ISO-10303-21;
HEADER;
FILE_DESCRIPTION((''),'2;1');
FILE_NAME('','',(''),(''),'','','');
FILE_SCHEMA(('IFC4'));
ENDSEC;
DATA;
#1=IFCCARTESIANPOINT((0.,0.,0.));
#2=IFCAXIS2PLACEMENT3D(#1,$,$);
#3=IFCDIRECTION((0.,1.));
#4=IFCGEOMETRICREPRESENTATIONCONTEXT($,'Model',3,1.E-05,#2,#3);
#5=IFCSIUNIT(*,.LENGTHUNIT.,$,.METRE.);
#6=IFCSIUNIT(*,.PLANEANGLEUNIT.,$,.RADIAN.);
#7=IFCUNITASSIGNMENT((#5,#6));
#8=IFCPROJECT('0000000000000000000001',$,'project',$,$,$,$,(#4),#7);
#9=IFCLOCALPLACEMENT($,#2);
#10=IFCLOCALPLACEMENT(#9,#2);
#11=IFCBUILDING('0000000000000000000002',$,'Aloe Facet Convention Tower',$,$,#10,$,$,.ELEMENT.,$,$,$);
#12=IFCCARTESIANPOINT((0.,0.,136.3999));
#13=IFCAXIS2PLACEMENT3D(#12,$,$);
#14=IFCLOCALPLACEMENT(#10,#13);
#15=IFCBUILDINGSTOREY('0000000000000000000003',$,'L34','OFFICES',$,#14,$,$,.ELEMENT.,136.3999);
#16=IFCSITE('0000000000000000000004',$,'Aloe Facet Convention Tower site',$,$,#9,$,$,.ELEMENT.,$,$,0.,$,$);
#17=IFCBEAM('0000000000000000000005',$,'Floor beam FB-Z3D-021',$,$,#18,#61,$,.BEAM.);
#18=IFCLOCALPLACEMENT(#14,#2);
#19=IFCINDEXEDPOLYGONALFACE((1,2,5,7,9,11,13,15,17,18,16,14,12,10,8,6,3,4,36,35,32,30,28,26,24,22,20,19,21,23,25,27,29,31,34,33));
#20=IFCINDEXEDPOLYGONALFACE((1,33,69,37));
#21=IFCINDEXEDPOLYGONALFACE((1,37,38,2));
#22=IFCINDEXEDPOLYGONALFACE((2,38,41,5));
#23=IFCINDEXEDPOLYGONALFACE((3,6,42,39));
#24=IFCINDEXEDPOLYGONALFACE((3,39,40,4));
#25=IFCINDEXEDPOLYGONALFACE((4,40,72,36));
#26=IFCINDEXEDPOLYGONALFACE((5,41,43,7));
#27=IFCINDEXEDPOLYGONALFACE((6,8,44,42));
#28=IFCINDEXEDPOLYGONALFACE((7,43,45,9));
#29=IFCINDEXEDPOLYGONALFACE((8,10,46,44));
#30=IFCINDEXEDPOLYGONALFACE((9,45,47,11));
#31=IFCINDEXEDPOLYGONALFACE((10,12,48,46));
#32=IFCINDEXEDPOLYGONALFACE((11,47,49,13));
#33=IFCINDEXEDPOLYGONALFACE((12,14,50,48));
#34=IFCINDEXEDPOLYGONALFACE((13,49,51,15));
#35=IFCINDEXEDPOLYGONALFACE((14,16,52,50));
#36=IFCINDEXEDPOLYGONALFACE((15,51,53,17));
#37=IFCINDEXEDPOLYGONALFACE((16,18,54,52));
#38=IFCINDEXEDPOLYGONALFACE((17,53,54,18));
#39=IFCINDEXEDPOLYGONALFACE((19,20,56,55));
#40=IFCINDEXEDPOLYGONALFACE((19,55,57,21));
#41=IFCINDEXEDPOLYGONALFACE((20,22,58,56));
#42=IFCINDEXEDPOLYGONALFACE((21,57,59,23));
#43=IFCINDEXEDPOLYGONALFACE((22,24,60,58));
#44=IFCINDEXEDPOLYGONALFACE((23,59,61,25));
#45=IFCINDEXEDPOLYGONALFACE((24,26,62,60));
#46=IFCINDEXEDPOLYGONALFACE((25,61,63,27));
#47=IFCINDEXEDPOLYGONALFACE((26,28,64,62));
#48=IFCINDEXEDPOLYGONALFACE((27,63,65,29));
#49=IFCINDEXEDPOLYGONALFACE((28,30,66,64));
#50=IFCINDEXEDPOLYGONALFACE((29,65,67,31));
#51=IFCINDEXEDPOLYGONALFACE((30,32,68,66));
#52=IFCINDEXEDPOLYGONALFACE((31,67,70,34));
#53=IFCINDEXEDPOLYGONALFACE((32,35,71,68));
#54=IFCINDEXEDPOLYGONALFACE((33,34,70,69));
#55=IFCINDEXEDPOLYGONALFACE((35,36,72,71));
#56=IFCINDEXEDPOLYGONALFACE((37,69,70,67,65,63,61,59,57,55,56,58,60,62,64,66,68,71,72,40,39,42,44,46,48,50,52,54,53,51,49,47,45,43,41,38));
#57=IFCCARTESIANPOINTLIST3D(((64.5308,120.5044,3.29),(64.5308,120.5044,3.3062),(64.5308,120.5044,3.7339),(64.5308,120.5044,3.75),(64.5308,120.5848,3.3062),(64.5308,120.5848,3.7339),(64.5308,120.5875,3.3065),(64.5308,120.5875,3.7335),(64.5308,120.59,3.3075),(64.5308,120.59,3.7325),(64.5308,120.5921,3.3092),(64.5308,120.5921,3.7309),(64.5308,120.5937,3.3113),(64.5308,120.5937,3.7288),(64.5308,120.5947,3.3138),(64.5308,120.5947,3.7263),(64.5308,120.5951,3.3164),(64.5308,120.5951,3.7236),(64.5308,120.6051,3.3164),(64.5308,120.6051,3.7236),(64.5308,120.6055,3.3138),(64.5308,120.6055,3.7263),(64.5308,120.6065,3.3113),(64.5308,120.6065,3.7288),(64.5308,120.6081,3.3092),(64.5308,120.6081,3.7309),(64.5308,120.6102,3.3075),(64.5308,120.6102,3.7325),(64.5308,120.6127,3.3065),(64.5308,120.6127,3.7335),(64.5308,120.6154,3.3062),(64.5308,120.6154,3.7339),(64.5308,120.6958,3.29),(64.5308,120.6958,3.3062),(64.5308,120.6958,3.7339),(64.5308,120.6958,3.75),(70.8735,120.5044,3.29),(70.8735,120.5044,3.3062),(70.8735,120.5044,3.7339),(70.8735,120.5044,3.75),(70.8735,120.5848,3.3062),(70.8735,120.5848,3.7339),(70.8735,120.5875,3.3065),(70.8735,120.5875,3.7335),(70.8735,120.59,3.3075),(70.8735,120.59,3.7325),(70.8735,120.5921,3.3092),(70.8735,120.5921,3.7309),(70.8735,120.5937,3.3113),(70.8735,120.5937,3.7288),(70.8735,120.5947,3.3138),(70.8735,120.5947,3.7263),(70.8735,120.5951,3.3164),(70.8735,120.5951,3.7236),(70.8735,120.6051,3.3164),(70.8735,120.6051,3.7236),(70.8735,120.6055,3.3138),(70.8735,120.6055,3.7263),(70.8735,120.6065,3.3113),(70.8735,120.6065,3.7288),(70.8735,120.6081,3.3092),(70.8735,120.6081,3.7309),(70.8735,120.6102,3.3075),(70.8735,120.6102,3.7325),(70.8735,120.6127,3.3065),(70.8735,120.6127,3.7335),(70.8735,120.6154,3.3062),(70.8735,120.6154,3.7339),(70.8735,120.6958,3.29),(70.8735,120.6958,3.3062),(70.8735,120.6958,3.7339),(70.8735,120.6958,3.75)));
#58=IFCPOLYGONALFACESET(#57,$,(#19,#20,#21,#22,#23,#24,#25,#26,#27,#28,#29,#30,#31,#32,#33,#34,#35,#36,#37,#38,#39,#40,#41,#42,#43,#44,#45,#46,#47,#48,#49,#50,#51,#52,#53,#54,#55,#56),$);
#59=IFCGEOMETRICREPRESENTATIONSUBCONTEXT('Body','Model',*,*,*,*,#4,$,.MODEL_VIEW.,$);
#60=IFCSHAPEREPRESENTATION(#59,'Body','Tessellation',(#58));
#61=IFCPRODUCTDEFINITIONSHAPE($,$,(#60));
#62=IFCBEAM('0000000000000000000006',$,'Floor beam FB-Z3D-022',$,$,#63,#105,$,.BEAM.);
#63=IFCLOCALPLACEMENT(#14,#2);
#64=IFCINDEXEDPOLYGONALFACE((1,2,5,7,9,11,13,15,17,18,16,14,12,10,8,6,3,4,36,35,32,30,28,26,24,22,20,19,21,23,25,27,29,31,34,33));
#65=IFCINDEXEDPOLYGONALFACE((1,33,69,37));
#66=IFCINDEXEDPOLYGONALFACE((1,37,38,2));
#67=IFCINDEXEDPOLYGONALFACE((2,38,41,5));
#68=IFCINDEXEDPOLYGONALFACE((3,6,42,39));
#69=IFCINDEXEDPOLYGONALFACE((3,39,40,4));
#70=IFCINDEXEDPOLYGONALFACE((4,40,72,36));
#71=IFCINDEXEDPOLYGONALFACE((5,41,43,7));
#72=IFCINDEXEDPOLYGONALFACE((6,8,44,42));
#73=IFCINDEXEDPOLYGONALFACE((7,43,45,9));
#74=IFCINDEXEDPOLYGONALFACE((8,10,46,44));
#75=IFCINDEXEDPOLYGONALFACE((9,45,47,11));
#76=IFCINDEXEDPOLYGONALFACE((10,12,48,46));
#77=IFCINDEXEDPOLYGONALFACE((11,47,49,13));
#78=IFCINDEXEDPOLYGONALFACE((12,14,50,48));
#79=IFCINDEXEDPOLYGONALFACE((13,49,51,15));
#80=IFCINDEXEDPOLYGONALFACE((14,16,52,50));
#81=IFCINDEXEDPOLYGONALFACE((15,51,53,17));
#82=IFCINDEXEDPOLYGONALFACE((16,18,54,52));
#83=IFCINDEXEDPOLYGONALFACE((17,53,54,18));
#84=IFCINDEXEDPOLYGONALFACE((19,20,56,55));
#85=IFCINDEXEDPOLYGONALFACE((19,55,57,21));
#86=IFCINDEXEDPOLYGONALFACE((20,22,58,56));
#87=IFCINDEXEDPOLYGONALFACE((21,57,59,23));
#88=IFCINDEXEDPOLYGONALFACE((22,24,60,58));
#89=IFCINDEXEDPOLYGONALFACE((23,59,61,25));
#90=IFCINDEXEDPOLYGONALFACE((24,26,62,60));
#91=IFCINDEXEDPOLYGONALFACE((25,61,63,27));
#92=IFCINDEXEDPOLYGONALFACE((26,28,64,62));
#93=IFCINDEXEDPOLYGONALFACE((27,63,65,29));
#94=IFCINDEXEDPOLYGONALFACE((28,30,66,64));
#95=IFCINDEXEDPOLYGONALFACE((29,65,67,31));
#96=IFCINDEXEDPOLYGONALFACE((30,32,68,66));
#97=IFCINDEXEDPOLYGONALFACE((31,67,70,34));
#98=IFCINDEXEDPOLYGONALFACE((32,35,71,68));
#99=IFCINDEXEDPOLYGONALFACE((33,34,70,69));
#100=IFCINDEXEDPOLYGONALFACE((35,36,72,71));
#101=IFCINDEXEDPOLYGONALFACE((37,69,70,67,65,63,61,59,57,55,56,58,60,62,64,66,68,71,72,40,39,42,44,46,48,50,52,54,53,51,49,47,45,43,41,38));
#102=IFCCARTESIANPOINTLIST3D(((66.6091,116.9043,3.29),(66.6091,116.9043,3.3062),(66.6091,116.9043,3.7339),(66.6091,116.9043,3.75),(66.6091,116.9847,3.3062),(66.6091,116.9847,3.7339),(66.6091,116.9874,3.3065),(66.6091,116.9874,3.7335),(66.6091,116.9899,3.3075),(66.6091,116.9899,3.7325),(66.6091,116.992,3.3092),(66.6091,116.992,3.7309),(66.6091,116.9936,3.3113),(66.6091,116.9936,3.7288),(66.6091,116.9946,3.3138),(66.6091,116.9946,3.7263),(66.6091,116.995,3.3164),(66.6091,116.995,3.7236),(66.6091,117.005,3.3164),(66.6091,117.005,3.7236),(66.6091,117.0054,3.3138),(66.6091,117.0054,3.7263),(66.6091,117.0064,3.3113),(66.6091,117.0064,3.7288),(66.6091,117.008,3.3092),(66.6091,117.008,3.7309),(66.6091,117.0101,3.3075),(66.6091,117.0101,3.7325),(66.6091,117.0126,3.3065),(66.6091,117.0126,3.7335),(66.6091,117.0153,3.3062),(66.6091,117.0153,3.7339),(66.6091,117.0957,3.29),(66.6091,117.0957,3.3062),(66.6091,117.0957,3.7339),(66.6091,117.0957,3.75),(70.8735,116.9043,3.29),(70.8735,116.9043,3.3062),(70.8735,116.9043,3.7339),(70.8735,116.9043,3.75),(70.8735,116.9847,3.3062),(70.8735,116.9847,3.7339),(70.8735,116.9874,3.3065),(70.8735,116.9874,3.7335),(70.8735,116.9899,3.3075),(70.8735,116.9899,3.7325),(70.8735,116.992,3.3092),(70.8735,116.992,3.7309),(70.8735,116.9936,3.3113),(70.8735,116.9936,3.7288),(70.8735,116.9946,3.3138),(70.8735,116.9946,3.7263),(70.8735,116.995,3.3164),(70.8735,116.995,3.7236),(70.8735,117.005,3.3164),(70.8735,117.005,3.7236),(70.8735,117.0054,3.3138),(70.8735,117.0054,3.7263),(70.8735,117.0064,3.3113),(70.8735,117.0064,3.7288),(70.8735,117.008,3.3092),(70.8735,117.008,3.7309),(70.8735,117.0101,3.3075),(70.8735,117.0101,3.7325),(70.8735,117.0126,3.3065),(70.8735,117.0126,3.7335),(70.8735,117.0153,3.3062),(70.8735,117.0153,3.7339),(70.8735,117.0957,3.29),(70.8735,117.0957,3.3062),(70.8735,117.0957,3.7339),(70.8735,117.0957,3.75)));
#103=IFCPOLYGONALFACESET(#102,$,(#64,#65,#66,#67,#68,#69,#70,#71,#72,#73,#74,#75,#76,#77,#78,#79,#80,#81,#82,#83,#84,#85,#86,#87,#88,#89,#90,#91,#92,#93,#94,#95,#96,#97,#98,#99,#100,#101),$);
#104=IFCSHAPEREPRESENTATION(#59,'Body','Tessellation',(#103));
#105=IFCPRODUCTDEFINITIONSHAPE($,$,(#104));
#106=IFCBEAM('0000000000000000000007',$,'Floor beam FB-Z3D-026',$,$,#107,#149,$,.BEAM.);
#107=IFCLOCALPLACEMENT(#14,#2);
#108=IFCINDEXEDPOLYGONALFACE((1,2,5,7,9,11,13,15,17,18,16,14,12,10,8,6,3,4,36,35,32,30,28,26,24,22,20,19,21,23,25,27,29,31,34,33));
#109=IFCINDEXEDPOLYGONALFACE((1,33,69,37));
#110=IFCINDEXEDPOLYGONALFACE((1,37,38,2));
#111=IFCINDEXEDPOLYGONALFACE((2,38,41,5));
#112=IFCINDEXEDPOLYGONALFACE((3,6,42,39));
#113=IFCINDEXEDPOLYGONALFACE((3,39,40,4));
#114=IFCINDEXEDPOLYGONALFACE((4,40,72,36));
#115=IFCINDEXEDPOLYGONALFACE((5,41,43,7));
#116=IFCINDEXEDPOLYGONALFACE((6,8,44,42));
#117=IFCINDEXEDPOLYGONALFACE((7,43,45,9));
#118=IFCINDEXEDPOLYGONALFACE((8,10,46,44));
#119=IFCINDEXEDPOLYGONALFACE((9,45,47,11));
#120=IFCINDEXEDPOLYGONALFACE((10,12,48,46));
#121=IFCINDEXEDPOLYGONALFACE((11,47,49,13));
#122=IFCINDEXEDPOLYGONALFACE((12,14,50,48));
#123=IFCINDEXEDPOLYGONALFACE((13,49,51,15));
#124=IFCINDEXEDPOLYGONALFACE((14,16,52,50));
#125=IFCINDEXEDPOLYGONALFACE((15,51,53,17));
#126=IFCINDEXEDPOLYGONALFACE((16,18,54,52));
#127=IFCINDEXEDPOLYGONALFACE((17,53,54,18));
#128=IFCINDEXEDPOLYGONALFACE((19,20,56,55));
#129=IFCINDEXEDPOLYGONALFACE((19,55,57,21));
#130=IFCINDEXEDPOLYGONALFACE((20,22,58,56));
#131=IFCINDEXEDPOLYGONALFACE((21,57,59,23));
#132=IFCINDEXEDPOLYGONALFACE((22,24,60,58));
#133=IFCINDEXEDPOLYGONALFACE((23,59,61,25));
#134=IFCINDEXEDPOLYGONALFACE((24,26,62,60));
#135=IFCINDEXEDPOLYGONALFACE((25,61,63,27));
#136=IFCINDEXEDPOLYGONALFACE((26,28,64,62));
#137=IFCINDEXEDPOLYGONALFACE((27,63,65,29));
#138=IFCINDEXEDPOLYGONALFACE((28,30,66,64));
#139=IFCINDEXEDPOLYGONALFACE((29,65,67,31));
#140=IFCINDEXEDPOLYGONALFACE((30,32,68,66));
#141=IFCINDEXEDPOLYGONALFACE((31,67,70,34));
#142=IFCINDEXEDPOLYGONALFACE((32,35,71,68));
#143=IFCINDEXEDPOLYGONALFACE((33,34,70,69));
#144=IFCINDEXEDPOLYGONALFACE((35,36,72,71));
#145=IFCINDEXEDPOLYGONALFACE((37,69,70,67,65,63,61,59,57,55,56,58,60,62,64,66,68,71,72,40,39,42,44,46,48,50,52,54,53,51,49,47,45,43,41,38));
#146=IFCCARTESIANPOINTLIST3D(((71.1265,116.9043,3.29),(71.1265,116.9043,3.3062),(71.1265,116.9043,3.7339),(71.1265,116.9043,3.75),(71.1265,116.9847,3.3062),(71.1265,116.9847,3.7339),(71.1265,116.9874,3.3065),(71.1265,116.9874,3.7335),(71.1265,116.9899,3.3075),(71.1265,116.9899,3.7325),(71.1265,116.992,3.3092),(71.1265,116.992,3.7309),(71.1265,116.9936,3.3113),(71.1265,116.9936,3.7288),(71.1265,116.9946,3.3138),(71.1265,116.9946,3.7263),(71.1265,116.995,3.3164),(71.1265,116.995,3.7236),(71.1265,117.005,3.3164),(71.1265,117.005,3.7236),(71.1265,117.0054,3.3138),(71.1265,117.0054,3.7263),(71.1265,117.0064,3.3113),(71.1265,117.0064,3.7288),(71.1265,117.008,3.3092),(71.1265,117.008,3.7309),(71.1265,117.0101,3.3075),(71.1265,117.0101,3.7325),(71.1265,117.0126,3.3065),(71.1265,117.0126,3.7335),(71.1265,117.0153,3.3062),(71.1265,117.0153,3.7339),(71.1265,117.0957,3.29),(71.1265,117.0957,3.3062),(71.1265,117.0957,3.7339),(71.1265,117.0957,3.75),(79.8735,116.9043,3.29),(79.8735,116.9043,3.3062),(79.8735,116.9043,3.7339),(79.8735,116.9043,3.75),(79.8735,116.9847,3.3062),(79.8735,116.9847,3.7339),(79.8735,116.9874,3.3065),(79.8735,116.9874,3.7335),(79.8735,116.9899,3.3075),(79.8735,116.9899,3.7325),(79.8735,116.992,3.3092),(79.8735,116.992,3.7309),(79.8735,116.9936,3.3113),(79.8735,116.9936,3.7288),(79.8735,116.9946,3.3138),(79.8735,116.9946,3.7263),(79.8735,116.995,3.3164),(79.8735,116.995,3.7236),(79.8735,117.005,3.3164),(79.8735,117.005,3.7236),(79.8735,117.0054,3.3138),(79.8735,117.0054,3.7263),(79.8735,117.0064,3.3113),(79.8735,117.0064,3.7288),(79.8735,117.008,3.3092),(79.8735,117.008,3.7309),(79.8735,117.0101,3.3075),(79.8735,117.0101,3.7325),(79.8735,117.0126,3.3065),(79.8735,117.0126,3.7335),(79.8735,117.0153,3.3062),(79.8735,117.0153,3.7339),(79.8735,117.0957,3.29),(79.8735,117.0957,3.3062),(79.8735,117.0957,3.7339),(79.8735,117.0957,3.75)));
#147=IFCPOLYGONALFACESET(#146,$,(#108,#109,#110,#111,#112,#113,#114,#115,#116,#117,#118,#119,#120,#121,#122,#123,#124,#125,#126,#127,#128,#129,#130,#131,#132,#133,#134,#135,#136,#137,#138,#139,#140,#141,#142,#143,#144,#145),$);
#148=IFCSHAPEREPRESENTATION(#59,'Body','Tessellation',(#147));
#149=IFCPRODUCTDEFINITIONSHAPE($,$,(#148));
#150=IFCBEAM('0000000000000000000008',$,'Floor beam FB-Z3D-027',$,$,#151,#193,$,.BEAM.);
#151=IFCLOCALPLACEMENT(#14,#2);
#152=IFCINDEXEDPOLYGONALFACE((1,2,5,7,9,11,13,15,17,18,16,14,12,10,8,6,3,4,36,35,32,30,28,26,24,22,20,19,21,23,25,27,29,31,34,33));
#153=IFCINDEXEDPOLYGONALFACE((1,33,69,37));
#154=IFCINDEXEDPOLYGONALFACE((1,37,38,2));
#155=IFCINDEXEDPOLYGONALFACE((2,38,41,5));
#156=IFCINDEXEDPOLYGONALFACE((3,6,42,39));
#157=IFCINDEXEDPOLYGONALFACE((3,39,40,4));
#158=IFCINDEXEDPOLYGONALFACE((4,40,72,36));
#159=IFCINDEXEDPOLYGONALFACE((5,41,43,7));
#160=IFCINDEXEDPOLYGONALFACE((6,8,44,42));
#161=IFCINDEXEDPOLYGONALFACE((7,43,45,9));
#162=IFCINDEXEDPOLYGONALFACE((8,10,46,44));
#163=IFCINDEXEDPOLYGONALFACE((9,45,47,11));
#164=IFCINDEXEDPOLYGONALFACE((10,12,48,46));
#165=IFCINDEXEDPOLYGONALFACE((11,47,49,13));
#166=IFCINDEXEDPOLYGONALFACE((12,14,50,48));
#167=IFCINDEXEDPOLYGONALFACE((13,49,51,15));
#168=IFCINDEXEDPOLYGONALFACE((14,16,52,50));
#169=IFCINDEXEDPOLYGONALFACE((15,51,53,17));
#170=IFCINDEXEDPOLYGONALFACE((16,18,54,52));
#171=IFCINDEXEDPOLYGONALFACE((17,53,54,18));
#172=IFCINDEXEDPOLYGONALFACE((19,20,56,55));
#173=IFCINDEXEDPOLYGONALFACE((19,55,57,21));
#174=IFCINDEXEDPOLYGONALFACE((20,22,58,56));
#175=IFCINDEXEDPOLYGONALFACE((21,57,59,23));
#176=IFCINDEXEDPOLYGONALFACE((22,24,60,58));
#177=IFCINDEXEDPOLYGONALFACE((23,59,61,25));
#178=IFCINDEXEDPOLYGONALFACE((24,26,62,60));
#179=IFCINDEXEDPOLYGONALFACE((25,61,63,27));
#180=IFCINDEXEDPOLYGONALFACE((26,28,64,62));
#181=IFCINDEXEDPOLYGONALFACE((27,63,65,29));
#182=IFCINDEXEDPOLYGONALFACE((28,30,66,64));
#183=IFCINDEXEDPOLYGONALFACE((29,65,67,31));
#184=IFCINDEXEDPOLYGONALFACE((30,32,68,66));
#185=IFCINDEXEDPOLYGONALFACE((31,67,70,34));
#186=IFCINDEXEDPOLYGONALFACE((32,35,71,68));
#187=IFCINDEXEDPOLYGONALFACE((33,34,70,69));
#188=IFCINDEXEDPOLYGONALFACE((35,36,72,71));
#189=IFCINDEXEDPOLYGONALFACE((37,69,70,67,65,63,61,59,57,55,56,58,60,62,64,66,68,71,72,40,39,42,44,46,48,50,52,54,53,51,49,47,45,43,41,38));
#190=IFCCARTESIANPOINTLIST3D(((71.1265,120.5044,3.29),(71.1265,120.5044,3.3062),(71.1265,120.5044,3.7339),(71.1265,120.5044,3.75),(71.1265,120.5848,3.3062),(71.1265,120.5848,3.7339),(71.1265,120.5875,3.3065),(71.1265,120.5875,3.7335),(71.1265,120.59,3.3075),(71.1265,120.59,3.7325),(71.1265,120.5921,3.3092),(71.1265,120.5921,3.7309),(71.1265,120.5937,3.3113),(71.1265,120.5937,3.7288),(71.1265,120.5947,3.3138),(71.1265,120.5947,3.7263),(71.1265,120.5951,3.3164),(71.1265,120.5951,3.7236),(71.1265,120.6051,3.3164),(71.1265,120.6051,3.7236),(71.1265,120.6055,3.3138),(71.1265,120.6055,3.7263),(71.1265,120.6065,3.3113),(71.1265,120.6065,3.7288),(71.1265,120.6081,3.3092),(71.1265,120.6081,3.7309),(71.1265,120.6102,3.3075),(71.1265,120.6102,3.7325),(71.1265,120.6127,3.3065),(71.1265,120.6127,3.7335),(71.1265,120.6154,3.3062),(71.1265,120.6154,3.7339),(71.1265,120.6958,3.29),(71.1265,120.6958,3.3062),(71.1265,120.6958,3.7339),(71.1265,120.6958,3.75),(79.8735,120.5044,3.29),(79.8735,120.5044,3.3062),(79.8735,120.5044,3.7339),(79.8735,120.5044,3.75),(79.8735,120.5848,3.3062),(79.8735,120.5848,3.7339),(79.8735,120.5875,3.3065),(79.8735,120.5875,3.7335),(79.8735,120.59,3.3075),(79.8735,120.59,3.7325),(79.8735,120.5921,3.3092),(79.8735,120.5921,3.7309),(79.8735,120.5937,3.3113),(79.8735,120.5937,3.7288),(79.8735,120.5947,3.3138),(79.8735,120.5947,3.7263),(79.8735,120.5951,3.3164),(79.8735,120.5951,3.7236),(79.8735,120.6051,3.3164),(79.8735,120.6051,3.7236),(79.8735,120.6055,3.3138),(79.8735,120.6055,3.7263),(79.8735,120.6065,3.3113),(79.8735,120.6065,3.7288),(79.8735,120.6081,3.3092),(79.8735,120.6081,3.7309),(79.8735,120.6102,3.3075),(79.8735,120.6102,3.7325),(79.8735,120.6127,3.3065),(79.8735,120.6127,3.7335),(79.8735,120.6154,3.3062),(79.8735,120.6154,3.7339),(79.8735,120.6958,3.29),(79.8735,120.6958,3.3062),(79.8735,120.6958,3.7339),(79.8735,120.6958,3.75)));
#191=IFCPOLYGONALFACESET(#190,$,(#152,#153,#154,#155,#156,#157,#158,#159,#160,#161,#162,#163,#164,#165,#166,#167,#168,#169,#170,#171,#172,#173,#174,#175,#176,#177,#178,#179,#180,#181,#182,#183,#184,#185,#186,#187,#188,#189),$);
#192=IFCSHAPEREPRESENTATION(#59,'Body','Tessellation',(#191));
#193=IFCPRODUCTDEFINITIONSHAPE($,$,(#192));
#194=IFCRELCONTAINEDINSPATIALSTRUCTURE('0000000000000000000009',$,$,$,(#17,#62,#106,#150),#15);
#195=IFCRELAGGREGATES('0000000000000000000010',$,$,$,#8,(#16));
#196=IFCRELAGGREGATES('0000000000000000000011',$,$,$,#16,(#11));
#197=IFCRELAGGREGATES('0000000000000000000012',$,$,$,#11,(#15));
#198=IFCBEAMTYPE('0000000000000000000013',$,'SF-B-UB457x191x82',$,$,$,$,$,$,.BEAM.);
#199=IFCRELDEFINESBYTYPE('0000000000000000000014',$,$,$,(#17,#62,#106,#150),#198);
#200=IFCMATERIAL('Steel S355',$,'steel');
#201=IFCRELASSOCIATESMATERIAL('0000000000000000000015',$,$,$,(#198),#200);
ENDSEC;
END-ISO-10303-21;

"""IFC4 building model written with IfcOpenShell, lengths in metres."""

from ifc_helpers import new_model, si_unit, direction, frame, origin, origin_2d, place, context, subcontext, project, spatial, i_section, extrude, material, material_profile, profile_set, type_object, element, save


model = new_model("IFC4")

# Units and contexts
model_context = context("Model", 3, precision=1e-05, world=origin(), true_north=direction((0.0, 1.0)))
body_context = subcontext(model_context, "Body", "Model", "MODEL_VIEW")
ifc_project = project(units=[si_unit("LENGTHUNIT", "METRE"), si_unit("PLANEANGLEUNIT", "RADIAN")], contexts=[model_context])

# Site, building, storey
site_placement = place(None, origin())
site = spatial("IfcSite", under=ifc_project, at=site_placement, Name="Aloe Facet Convention Tower site", CompositionType="ELEMENT", RefElevation=0.0)
building_placement = place(site_placement, origin())
building = spatial("IfcBuilding", under=site, at=building_placement, Name="Aloe Facet Convention Tower", CompositionType="ELEMENT")
storey_placement = place(building_placement, frame((0.0, 0.0, 136.3999)))
storey = spatial("IfcBuildingStorey", under=building, at=storey_placement, Name="L34", Description="OFFICES", CompositionType="ELEMENT", Elevation=136.3999)

# Beams
ifc_material_1 = material(Name="Steel S355", Category="steel")
ifc_material_profile_1 = material_profile(ifc_material_1, i_section(OverallWidth=0.1914, OverallDepth=0.46, WebThickness=0.01, FlangeThickness=0.0161, FilletRadius=0.0103, at=origin_2d()), Name="UB 457x191x82")
ifc_profile_set_1 = profile_set([ifc_material_profile_1], Name="Steel S355")
beam_type_1 = type_object("IfcBeamType", Name="SF-B-UB457x191x82", PredefinedType="BEAM", material=ifc_profile_set_1)
beam_1_placement = place(storey_placement, frame((64.5308, 120.6001, 3.52), z_axis=(1.0, 0.0, 0.0), x_axis=(0.0, 1.0, 0.0)))
element("IfcBeam", 1, at=beam_1_placement, inside=storey, type_object=beam_type_1, Name="Floor beam FB-Z3D-021", PredefinedType="BEAM", context=body_context, shape_type="SweptSolid", body=[
    extrude(i_section(OverallWidth=0.1914, OverallDepth=0.46, WebThickness=0.01, FlangeThickness=0.0161, FilletRadius=0.0103, at=origin_2d()), origin(), (0.0, 0.0, 1.0), 6.3428),
])
beam_2_placement = place(storey_placement, frame((66.6091, 117.0, 3.52), z_axis=(1.0, 0.0, 0.0), x_axis=(0.0, 1.0, 0.0)))
element("IfcBeam", 2, at=beam_2_placement, inside=storey, type_object=beam_type_1, Name="Floor beam FB-Z3D-022", PredefinedType="BEAM", context=body_context, shape_type="SweptSolid", body=[
    extrude(i_section(OverallWidth=0.1914, OverallDepth=0.46, WebThickness=0.01, FlangeThickness=0.0161, FilletRadius=0.0103, at=origin_2d()), origin(), (0.0, 0.0, 1.0), 4.2644),
])
for number, where, z_axis, x_axis, name in (
    (3, (71.1265, 117.0, 3.52), (1.0, 0.0, 0.0), (0.0, 1.0, 0.0), "Floor beam FB-Z3D-026"),
    (4, (71.1265, 120.6001, 3.52), (1.0, 0.0, 0.0), (0.0, 1.0, 0.0), "Floor beam FB-Z3D-027"),
):
    element("IfcBeam", number, at=place(storey_placement, frame(where, z_axis=z_axis, x_axis=x_axis)), inside=storey, type_object=beam_type_1, Name=name, PredefinedType="BEAM", context=body_context, shape_type="SweptSolid", body=[
        extrude(i_section(OverallWidth=0.1914, OverallDepth=0.46, WebThickness=0.01, FlangeThickness=0.0161, FilletRadius=0.0103, at=origin_2d()), origin(), (0.0, 0.0, 1.0), 8.7471),
    ])

save(model, "model.ifc")
